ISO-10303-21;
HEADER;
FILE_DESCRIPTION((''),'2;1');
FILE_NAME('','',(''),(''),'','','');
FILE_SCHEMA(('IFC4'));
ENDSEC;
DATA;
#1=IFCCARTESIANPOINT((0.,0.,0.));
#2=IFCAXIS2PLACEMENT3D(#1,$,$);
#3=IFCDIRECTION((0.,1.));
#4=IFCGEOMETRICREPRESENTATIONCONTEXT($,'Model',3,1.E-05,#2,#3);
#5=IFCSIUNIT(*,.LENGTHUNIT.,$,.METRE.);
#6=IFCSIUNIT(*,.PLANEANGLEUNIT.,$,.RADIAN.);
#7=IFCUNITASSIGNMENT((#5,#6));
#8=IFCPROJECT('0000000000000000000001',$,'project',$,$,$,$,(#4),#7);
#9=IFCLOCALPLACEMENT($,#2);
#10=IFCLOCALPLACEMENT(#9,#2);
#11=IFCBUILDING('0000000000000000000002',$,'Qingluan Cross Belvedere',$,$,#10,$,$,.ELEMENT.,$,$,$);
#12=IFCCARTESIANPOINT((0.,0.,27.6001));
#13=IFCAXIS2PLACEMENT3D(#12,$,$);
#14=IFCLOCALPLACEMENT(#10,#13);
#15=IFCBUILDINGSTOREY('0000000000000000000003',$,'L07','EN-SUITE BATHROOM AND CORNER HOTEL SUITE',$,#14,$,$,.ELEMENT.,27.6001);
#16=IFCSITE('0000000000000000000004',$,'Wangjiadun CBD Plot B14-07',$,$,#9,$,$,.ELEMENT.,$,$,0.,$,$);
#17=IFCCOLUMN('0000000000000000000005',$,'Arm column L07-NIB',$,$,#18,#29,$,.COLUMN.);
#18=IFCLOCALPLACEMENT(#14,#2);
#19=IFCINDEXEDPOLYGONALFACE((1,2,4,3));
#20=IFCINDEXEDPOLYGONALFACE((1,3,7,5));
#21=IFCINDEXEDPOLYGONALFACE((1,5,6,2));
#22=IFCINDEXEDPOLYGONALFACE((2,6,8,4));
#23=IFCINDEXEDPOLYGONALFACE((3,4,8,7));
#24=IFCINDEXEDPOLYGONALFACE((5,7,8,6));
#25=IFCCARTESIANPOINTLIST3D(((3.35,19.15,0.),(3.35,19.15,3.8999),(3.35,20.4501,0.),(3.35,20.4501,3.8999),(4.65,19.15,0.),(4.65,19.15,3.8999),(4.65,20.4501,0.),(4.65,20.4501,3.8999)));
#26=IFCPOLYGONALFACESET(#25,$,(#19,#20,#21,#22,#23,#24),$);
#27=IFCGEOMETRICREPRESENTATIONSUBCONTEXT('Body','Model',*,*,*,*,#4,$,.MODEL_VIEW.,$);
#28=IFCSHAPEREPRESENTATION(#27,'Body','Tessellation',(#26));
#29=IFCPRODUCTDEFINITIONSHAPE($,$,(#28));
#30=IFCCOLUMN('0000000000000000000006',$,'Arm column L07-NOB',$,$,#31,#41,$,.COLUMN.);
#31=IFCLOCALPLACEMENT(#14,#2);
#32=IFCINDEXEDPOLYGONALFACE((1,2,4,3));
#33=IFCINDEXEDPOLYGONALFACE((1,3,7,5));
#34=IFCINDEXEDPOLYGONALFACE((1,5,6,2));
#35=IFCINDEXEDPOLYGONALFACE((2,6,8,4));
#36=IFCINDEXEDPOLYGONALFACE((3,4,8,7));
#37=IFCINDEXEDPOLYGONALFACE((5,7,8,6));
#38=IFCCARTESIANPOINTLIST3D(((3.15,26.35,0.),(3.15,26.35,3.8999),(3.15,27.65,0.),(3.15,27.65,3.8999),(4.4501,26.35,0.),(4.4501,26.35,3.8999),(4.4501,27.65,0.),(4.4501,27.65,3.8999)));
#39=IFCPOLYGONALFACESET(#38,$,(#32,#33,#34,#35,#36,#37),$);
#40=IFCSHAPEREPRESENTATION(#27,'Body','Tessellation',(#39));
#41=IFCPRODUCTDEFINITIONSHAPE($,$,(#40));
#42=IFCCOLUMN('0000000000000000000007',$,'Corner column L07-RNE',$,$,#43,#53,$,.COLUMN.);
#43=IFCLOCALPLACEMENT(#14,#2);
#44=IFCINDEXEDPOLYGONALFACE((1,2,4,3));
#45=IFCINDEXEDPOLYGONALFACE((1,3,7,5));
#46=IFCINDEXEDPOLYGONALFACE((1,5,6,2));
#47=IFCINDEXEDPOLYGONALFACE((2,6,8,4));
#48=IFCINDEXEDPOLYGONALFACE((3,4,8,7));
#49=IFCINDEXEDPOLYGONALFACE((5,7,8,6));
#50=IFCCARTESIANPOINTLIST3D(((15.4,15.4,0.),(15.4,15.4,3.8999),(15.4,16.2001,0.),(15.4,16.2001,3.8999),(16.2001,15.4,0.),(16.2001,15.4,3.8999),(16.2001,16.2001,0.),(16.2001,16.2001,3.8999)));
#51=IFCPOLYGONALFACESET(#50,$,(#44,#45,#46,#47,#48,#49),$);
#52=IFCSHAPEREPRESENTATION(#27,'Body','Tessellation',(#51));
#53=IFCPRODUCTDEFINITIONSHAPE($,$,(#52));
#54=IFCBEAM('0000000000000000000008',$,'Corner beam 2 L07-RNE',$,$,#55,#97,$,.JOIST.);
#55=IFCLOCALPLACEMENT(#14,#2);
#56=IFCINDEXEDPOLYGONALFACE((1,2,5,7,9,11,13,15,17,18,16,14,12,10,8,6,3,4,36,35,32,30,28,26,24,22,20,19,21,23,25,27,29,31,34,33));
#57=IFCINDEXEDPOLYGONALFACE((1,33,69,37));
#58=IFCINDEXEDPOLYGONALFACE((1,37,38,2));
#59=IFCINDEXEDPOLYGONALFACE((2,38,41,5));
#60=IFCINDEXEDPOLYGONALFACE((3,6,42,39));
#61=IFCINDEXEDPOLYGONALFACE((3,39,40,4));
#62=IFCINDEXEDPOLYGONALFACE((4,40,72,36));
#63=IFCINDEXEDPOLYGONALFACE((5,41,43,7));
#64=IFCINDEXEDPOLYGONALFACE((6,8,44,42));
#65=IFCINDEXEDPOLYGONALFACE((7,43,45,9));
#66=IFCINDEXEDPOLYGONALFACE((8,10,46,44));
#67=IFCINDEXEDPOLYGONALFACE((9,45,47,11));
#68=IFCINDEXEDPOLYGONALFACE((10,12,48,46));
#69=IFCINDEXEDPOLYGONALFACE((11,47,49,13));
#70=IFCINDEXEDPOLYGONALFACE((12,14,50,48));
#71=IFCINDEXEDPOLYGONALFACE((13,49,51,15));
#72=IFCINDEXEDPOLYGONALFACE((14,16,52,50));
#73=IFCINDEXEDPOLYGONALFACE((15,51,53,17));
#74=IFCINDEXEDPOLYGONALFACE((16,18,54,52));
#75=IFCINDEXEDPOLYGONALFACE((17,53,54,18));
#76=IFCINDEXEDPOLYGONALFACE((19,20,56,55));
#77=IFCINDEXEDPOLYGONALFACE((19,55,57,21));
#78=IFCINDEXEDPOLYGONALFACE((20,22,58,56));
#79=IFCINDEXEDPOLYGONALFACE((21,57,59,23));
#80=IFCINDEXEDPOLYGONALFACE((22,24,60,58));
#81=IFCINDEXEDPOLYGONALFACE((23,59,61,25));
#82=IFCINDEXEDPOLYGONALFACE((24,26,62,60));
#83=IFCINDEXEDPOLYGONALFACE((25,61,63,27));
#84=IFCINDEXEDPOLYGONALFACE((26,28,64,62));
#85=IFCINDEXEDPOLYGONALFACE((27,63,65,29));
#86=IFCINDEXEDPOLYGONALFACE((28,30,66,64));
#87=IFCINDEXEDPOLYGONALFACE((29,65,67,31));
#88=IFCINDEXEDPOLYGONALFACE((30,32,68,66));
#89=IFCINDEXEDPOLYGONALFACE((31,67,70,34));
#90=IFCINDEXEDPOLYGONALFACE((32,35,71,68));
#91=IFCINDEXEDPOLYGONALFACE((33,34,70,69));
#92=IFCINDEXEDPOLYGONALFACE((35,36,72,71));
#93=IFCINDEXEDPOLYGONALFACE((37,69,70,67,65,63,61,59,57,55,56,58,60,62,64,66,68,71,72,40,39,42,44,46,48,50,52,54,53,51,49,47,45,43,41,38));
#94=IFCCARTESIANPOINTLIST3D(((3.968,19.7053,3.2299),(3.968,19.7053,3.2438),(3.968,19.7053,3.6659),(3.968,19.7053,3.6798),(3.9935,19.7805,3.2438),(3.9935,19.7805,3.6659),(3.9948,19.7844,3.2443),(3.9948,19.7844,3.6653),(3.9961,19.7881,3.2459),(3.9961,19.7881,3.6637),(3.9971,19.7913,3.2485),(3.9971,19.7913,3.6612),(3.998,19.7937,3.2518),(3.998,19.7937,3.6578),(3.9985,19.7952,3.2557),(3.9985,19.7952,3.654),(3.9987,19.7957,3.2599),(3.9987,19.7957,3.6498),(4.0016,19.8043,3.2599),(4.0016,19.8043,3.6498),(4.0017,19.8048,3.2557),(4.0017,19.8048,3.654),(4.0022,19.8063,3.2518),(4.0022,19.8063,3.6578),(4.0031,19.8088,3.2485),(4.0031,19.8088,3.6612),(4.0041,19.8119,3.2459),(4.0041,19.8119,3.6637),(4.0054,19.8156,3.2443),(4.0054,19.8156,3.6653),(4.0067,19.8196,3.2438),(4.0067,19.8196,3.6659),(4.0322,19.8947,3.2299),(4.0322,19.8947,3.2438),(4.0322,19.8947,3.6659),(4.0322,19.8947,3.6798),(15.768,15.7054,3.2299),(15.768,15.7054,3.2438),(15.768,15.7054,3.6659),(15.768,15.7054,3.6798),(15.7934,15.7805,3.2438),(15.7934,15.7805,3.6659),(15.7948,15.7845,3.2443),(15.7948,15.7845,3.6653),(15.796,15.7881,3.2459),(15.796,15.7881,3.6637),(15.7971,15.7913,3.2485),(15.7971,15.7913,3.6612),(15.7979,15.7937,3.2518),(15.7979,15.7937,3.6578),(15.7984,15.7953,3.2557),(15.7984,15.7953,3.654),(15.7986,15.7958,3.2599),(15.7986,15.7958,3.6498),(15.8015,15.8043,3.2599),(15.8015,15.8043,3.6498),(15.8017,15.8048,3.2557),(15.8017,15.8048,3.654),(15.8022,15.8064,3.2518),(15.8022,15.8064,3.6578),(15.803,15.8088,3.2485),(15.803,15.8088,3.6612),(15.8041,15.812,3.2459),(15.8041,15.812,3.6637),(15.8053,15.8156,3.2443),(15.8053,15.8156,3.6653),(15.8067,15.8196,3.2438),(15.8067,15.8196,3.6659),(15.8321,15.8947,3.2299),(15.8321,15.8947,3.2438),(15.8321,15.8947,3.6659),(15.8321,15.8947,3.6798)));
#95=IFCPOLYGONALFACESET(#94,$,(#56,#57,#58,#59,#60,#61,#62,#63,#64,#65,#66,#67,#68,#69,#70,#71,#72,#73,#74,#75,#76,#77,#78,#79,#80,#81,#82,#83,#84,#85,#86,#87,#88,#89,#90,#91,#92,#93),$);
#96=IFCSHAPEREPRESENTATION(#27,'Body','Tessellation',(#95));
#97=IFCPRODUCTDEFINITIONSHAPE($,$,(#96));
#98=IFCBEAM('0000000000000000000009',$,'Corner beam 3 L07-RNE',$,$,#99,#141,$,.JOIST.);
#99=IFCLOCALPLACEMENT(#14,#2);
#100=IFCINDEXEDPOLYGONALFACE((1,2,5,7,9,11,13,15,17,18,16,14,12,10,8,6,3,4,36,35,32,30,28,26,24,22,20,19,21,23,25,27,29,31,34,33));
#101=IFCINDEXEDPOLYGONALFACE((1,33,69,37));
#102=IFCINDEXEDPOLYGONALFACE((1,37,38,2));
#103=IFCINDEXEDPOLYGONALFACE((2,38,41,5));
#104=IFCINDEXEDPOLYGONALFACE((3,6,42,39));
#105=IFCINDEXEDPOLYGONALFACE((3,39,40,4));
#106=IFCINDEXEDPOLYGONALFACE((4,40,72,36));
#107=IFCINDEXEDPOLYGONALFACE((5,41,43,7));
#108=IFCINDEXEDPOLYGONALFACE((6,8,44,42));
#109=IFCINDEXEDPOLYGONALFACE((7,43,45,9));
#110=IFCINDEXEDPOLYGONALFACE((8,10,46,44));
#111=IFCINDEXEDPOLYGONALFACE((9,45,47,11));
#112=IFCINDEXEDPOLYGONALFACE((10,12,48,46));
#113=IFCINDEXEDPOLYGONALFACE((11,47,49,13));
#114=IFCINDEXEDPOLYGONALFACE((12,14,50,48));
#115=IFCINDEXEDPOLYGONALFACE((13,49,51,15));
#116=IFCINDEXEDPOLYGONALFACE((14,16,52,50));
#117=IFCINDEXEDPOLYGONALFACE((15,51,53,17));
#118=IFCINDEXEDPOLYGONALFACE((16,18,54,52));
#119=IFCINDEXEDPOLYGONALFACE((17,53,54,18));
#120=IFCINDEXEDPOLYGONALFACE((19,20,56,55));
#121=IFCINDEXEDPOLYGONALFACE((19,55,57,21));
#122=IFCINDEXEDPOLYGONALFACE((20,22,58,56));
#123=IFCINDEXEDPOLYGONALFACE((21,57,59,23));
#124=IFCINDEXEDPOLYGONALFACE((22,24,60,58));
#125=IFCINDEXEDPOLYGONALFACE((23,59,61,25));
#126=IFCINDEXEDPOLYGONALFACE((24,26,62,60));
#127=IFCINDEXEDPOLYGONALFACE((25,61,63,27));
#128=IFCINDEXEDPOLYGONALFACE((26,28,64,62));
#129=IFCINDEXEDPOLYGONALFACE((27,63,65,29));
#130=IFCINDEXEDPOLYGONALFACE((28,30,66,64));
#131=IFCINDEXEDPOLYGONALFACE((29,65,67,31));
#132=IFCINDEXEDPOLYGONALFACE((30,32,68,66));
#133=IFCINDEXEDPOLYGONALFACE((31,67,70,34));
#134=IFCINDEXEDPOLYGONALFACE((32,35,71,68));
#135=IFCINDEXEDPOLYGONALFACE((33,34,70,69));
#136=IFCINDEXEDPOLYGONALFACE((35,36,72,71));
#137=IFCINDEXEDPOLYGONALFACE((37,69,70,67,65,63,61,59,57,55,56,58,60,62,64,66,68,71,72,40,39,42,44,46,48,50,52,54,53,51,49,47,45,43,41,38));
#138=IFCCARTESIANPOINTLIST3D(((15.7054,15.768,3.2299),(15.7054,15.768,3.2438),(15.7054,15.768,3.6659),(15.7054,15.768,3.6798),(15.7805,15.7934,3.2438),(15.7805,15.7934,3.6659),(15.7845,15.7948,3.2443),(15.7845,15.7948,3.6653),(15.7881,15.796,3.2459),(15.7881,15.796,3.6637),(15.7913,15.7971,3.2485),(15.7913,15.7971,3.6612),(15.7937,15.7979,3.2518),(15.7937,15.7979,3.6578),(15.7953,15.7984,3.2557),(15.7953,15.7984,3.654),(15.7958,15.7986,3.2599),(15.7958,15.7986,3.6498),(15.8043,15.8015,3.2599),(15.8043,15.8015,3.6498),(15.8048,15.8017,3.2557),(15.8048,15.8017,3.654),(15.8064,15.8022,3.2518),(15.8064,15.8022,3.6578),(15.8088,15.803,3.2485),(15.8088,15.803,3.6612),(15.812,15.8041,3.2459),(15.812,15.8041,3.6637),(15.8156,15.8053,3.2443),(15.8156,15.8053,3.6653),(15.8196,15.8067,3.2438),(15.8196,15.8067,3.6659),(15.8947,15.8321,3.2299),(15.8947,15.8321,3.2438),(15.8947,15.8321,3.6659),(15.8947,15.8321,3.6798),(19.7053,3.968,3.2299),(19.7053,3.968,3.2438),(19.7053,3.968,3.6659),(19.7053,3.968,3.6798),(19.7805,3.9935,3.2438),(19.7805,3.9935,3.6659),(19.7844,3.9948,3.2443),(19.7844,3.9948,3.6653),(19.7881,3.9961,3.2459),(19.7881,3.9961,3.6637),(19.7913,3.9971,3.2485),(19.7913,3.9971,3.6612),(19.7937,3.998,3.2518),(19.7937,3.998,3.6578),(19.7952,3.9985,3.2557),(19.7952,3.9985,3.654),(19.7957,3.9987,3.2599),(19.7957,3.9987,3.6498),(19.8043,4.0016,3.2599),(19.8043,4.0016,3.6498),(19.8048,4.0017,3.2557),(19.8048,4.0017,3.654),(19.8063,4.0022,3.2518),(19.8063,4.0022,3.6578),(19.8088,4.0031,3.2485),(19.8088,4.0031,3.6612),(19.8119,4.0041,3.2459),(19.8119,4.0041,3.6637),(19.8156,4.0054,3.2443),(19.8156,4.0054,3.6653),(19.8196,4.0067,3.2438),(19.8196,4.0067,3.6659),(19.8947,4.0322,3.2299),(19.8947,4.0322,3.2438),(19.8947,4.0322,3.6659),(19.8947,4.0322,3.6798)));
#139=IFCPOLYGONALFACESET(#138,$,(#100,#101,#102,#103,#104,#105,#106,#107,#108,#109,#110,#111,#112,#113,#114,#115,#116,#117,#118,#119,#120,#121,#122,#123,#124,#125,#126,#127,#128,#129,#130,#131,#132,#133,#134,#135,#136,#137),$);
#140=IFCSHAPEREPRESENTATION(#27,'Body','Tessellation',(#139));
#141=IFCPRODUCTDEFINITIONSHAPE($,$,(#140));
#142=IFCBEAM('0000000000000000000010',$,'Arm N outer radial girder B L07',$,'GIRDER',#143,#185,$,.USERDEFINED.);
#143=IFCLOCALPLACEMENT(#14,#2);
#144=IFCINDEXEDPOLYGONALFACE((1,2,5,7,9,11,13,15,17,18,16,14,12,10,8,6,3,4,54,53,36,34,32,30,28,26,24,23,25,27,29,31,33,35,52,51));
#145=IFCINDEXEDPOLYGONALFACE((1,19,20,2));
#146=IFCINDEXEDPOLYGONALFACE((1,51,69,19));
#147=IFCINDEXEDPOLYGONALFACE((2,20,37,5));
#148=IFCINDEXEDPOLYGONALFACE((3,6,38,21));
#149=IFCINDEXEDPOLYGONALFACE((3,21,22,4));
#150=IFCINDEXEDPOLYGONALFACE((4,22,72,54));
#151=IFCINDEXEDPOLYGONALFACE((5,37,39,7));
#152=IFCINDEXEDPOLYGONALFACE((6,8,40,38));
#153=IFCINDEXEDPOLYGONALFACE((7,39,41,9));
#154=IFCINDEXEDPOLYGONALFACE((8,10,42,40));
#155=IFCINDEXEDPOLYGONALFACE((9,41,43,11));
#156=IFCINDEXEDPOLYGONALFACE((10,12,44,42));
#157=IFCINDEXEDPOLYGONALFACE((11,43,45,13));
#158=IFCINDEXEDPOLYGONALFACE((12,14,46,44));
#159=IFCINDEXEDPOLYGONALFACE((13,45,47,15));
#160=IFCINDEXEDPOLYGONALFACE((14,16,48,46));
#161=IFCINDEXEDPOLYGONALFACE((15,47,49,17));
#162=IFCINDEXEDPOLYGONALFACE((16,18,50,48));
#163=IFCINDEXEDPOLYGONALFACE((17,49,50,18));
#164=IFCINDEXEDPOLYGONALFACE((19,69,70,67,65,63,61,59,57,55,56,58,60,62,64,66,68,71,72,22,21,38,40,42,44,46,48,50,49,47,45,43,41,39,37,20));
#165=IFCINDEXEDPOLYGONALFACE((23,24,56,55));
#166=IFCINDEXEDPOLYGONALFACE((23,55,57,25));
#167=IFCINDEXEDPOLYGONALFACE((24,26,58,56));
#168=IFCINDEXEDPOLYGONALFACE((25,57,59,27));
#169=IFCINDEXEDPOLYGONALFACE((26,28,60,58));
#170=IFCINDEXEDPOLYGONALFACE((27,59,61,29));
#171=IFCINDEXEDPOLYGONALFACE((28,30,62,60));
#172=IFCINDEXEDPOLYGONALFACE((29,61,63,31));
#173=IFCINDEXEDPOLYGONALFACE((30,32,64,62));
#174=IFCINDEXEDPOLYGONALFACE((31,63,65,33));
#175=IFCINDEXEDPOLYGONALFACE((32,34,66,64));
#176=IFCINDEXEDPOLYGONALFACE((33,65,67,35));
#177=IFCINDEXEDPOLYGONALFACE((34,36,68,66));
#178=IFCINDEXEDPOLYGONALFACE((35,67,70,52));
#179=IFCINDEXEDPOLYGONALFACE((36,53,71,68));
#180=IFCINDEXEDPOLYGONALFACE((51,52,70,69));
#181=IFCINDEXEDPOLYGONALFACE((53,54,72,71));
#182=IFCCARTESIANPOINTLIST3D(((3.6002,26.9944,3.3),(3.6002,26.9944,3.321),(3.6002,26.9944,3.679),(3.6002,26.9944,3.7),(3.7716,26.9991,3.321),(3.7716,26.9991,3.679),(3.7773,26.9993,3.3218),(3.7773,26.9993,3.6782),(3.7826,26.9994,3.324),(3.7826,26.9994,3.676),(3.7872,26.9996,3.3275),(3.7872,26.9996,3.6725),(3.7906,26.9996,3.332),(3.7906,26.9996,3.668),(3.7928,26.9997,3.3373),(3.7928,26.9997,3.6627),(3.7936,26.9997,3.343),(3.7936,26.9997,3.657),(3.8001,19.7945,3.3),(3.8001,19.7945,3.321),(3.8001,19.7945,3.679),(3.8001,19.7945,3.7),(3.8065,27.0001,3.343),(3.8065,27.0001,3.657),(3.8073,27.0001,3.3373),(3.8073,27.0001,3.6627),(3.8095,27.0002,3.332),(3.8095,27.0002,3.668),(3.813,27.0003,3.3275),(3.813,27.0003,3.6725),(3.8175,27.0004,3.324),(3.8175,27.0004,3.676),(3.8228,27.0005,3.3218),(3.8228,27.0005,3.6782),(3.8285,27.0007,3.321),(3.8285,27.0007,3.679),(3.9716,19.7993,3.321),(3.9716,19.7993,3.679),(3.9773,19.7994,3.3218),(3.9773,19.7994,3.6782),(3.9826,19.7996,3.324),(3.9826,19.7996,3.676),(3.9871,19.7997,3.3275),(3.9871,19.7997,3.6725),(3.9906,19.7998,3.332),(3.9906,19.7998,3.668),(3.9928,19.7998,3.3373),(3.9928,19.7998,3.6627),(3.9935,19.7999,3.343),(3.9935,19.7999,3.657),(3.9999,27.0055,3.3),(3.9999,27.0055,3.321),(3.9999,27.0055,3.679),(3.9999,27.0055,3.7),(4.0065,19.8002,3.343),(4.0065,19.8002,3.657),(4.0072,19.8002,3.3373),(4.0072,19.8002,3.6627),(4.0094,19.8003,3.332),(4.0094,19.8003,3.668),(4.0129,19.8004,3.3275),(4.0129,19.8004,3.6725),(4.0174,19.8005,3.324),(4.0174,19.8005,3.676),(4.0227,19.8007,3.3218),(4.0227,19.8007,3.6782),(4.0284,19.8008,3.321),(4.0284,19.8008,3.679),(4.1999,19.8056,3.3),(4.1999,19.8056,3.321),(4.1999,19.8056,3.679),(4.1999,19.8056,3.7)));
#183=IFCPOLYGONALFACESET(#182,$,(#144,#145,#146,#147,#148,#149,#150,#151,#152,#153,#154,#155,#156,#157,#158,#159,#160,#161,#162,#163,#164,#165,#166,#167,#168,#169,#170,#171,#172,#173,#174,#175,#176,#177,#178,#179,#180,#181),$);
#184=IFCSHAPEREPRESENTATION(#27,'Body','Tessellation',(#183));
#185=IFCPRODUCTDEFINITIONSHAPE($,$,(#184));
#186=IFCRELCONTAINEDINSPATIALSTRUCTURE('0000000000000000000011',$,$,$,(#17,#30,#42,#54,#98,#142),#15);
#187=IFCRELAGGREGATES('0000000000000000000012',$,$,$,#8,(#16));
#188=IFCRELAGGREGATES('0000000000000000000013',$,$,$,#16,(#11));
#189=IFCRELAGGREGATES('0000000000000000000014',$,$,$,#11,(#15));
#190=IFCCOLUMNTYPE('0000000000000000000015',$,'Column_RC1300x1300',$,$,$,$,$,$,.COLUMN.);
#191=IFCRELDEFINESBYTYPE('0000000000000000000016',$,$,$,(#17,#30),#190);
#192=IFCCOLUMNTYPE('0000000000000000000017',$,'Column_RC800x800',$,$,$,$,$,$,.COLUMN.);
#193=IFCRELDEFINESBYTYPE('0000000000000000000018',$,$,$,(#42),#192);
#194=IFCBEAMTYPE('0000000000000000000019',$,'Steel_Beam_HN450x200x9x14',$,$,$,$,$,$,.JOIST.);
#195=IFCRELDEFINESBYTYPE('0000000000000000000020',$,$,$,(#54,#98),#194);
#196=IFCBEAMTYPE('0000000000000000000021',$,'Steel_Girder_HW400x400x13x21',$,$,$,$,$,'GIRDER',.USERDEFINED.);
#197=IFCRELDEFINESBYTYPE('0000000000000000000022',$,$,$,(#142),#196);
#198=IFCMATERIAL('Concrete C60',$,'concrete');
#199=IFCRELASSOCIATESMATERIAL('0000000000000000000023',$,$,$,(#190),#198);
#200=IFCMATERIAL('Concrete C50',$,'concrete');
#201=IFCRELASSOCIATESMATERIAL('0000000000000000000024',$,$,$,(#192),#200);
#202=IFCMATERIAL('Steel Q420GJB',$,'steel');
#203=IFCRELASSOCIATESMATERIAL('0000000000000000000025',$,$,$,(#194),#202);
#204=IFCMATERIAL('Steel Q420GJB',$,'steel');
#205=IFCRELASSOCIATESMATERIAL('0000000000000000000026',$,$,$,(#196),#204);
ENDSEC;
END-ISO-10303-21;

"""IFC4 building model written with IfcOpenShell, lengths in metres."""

from ifc_helpers import new_model, si_unit, direction, frame, origin, origin_2d, place, context, subcontext, project, spatial, rectangle, i_section, extrude, material, material_profile, profile_set, type_object, element, save


model = new_model("IFC4")

# Units and contexts
model_context = context("Model", 3, precision=1e-05, world=origin(), true_north=direction((0.0, 1.0)))
body_context = subcontext(model_context, "Body", "Model", "MODEL_VIEW")
ifc_project = project(units=[si_unit("LENGTHUNIT", "METRE"), si_unit("PLANEANGLEUNIT", "RADIAN")], contexts=[model_context])

# Site, building, storey
site_placement = place(None, origin())
site = spatial("IfcSite", under=ifc_project, at=site_placement, Name="Wangjiadun CBD Plot B14-07", CompositionType="ELEMENT", RefElevation=0.0)
building_placement = place(site_placement, origin())
building = spatial("IfcBuilding", under=site, at=building_placement, Name="Qingluan Cross Belvedere", CompositionType="ELEMENT")
storey_placement = place(building_placement, frame((0.0, 0.0, 27.6001)))
storey = spatial("IfcBuildingStorey", under=building, at=storey_placement, Name="L07", Description="EN-SUITE BATHROOM AND CORNER HOTEL SUITE", CompositionType="ELEMENT", Elevation=27.6001)

# Columns
ifc_material_1 = material(Name="Concrete C60", Category="concrete")
ifc_material_profile_1 = material_profile(ifc_material_1, rectangle(XDim=1.3, YDim=1.3, at=origin_2d()), Name="RC1300x1300")
ifc_profile_set_1 = profile_set([ifc_material_profile_1], Name="Concrete C60")
column_type_1 = type_object("IfcColumnType", Name="Column_RC1300x1300", PredefinedType="COLUMN", material=ifc_profile_set_1)
for number, where, z_axis, x_axis, name in (
    (1, (4.0, 19.8, 0.0), (0.0, 0.0, 1.0), (1.0, 0.0, 0.0), "Arm column L07-NIB"),
    (2, (3.8, 27.0, 0.0), (0.0, 0.0, 1.0), (1.0, 0.0, 0.0), "Arm column L07-NOB"),
):
    element("IfcColumn", number, at=place(storey_placement, frame(where, z_axis=z_axis, x_axis=x_axis)), inside=storey, type_object=column_type_1, Name=name, PredefinedType="COLUMN", context=body_context, shape_type="SweptSolid", body=[
        extrude(rectangle(XDim=1.3, YDim=1.3, at=origin_2d()), origin(), (0.0, 0.0, 1.0), 3.8999),
    ])
ifc_material_2 = material(Name="Concrete C50", Category="concrete")
ifc_material_profile_2 = material_profile(ifc_material_2, rectangle(XDim=0.8, YDim=0.8, at=origin_2d()), Name="RC800x800")
ifc_profile_set_2 = profile_set([ifc_material_profile_2], Name="Concrete C50")
column_type_2 = type_object("IfcColumnType", Name="Column_RC800x800", PredefinedType="COLUMN", material=ifc_profile_set_2)
column_placement = place(storey_placement, frame((15.8, 15.8, 0.0), z_axis=(0.0, 0.0, 1.0), x_axis=(1.0, 0.0, 0.0)))
element("IfcColumn", 3, at=column_placement, inside=storey, type_object=column_type_2, Name="Corner column L07-RNE", PredefinedType="COLUMN", context=body_context, shape_type="SweptSolid", body=[
    extrude(rectangle(XDim=0.8, YDim=0.8, at=origin_2d()), origin(), (0.0, 0.0, 1.0), 3.8999),
])

# Beams
ifc_material_3 = material(Name="Steel Q420GJB", Category="steel")
ifc_material_profile_3 = material_profile(ifc_material_3, i_section(OverallWidth=0.2, OverallDepth=0.45, WebThickness=0.009, FlangeThickness=0.0139, FilletRadius=0.0161, at=origin_2d()), Name="HN450x200x9x14")
ifc_profile_set_3 = profile_set([ifc_material_profile_3], Name="Steel Q420GJB")
beam_type_1 = type_object("IfcBeamType", Name="Steel_Beam_HN450x200x9x14", PredefinedType="JOIST", material=ifc_profile_set_3)
for number, where, z_axis, x_axis, name in (
    (4, (15.8, 15.8, 3.4548), (-0.947066, 0.321038, 0.0), (-0.321038, -0.947066, 0.0), "Corner beam 2 L07-RNE"),
    (5, (15.8, 15.8, 3.4548), (0.321038, -0.947066, 0.0), (0.947066, 0.321038, 0.0), "Corner beam 3 L07-RNE"),
):
    element("IfcBeam", number, at=place(storey_placement, frame(where, z_axis=z_axis, x_axis=x_axis)), inside=storey, type_object=beam_type_1, Name=name, PredefinedType="JOIST", context=body_context, shape_type="SweptSolid", body=[
        extrude(i_section(OverallWidth=0.2, OverallDepth=0.45, WebThickness=0.009, FlangeThickness=0.0139, FilletRadius=0.0161, at=origin_2d()), origin(), (0.0, 0.0, 1.0), 12.4595),
    ])
ifc_material_4 = material(Name="Steel Q420GJB", Category="steel")
ifc_material_profile_4 = material_profile(ifc_material_4, i_section(OverallWidth=0.3999, OverallDepth=0.3999, WebThickness=0.0129, FlangeThickness=0.021, FilletRadius=0.022, at=origin_2d()), Name="HW400x400x13x21")
ifc_profile_set_4 = profile_set([ifc_material_profile_4], Name="Steel Q420GJB")
beam_type_2 = type_object("IfcBeamType", Name="Steel_Girder_HW400x400x13x21", ElementType="GIRDER", PredefinedType="USERDEFINED", material=ifc_profile_set_4)
beam_placement = place(storey_placement, frame((4.0, 19.8, 3.5), z_axis=(-0.02776, 0.999615, 0.0), x_axis=(-0.999615, -0.02776, 0.0)))
element("IfcBeam", 6, at=beam_placement, inside=storey, type_object=beam_type_2, Name="Arm N outer radial girder B L07", ObjectType="GIRDER", PredefinedType="USERDEFINED", context=body_context, shape_type="SweptSolid", body=[
    extrude(i_section(OverallWidth=0.3999, OverallDepth=0.3999, WebThickness=0.0129, FlangeThickness=0.021, FilletRadius=0.022, at=origin_2d()), origin(), (0.0, 0.0, 1.0), 7.2026),
])

save(model, "model.ifc")
